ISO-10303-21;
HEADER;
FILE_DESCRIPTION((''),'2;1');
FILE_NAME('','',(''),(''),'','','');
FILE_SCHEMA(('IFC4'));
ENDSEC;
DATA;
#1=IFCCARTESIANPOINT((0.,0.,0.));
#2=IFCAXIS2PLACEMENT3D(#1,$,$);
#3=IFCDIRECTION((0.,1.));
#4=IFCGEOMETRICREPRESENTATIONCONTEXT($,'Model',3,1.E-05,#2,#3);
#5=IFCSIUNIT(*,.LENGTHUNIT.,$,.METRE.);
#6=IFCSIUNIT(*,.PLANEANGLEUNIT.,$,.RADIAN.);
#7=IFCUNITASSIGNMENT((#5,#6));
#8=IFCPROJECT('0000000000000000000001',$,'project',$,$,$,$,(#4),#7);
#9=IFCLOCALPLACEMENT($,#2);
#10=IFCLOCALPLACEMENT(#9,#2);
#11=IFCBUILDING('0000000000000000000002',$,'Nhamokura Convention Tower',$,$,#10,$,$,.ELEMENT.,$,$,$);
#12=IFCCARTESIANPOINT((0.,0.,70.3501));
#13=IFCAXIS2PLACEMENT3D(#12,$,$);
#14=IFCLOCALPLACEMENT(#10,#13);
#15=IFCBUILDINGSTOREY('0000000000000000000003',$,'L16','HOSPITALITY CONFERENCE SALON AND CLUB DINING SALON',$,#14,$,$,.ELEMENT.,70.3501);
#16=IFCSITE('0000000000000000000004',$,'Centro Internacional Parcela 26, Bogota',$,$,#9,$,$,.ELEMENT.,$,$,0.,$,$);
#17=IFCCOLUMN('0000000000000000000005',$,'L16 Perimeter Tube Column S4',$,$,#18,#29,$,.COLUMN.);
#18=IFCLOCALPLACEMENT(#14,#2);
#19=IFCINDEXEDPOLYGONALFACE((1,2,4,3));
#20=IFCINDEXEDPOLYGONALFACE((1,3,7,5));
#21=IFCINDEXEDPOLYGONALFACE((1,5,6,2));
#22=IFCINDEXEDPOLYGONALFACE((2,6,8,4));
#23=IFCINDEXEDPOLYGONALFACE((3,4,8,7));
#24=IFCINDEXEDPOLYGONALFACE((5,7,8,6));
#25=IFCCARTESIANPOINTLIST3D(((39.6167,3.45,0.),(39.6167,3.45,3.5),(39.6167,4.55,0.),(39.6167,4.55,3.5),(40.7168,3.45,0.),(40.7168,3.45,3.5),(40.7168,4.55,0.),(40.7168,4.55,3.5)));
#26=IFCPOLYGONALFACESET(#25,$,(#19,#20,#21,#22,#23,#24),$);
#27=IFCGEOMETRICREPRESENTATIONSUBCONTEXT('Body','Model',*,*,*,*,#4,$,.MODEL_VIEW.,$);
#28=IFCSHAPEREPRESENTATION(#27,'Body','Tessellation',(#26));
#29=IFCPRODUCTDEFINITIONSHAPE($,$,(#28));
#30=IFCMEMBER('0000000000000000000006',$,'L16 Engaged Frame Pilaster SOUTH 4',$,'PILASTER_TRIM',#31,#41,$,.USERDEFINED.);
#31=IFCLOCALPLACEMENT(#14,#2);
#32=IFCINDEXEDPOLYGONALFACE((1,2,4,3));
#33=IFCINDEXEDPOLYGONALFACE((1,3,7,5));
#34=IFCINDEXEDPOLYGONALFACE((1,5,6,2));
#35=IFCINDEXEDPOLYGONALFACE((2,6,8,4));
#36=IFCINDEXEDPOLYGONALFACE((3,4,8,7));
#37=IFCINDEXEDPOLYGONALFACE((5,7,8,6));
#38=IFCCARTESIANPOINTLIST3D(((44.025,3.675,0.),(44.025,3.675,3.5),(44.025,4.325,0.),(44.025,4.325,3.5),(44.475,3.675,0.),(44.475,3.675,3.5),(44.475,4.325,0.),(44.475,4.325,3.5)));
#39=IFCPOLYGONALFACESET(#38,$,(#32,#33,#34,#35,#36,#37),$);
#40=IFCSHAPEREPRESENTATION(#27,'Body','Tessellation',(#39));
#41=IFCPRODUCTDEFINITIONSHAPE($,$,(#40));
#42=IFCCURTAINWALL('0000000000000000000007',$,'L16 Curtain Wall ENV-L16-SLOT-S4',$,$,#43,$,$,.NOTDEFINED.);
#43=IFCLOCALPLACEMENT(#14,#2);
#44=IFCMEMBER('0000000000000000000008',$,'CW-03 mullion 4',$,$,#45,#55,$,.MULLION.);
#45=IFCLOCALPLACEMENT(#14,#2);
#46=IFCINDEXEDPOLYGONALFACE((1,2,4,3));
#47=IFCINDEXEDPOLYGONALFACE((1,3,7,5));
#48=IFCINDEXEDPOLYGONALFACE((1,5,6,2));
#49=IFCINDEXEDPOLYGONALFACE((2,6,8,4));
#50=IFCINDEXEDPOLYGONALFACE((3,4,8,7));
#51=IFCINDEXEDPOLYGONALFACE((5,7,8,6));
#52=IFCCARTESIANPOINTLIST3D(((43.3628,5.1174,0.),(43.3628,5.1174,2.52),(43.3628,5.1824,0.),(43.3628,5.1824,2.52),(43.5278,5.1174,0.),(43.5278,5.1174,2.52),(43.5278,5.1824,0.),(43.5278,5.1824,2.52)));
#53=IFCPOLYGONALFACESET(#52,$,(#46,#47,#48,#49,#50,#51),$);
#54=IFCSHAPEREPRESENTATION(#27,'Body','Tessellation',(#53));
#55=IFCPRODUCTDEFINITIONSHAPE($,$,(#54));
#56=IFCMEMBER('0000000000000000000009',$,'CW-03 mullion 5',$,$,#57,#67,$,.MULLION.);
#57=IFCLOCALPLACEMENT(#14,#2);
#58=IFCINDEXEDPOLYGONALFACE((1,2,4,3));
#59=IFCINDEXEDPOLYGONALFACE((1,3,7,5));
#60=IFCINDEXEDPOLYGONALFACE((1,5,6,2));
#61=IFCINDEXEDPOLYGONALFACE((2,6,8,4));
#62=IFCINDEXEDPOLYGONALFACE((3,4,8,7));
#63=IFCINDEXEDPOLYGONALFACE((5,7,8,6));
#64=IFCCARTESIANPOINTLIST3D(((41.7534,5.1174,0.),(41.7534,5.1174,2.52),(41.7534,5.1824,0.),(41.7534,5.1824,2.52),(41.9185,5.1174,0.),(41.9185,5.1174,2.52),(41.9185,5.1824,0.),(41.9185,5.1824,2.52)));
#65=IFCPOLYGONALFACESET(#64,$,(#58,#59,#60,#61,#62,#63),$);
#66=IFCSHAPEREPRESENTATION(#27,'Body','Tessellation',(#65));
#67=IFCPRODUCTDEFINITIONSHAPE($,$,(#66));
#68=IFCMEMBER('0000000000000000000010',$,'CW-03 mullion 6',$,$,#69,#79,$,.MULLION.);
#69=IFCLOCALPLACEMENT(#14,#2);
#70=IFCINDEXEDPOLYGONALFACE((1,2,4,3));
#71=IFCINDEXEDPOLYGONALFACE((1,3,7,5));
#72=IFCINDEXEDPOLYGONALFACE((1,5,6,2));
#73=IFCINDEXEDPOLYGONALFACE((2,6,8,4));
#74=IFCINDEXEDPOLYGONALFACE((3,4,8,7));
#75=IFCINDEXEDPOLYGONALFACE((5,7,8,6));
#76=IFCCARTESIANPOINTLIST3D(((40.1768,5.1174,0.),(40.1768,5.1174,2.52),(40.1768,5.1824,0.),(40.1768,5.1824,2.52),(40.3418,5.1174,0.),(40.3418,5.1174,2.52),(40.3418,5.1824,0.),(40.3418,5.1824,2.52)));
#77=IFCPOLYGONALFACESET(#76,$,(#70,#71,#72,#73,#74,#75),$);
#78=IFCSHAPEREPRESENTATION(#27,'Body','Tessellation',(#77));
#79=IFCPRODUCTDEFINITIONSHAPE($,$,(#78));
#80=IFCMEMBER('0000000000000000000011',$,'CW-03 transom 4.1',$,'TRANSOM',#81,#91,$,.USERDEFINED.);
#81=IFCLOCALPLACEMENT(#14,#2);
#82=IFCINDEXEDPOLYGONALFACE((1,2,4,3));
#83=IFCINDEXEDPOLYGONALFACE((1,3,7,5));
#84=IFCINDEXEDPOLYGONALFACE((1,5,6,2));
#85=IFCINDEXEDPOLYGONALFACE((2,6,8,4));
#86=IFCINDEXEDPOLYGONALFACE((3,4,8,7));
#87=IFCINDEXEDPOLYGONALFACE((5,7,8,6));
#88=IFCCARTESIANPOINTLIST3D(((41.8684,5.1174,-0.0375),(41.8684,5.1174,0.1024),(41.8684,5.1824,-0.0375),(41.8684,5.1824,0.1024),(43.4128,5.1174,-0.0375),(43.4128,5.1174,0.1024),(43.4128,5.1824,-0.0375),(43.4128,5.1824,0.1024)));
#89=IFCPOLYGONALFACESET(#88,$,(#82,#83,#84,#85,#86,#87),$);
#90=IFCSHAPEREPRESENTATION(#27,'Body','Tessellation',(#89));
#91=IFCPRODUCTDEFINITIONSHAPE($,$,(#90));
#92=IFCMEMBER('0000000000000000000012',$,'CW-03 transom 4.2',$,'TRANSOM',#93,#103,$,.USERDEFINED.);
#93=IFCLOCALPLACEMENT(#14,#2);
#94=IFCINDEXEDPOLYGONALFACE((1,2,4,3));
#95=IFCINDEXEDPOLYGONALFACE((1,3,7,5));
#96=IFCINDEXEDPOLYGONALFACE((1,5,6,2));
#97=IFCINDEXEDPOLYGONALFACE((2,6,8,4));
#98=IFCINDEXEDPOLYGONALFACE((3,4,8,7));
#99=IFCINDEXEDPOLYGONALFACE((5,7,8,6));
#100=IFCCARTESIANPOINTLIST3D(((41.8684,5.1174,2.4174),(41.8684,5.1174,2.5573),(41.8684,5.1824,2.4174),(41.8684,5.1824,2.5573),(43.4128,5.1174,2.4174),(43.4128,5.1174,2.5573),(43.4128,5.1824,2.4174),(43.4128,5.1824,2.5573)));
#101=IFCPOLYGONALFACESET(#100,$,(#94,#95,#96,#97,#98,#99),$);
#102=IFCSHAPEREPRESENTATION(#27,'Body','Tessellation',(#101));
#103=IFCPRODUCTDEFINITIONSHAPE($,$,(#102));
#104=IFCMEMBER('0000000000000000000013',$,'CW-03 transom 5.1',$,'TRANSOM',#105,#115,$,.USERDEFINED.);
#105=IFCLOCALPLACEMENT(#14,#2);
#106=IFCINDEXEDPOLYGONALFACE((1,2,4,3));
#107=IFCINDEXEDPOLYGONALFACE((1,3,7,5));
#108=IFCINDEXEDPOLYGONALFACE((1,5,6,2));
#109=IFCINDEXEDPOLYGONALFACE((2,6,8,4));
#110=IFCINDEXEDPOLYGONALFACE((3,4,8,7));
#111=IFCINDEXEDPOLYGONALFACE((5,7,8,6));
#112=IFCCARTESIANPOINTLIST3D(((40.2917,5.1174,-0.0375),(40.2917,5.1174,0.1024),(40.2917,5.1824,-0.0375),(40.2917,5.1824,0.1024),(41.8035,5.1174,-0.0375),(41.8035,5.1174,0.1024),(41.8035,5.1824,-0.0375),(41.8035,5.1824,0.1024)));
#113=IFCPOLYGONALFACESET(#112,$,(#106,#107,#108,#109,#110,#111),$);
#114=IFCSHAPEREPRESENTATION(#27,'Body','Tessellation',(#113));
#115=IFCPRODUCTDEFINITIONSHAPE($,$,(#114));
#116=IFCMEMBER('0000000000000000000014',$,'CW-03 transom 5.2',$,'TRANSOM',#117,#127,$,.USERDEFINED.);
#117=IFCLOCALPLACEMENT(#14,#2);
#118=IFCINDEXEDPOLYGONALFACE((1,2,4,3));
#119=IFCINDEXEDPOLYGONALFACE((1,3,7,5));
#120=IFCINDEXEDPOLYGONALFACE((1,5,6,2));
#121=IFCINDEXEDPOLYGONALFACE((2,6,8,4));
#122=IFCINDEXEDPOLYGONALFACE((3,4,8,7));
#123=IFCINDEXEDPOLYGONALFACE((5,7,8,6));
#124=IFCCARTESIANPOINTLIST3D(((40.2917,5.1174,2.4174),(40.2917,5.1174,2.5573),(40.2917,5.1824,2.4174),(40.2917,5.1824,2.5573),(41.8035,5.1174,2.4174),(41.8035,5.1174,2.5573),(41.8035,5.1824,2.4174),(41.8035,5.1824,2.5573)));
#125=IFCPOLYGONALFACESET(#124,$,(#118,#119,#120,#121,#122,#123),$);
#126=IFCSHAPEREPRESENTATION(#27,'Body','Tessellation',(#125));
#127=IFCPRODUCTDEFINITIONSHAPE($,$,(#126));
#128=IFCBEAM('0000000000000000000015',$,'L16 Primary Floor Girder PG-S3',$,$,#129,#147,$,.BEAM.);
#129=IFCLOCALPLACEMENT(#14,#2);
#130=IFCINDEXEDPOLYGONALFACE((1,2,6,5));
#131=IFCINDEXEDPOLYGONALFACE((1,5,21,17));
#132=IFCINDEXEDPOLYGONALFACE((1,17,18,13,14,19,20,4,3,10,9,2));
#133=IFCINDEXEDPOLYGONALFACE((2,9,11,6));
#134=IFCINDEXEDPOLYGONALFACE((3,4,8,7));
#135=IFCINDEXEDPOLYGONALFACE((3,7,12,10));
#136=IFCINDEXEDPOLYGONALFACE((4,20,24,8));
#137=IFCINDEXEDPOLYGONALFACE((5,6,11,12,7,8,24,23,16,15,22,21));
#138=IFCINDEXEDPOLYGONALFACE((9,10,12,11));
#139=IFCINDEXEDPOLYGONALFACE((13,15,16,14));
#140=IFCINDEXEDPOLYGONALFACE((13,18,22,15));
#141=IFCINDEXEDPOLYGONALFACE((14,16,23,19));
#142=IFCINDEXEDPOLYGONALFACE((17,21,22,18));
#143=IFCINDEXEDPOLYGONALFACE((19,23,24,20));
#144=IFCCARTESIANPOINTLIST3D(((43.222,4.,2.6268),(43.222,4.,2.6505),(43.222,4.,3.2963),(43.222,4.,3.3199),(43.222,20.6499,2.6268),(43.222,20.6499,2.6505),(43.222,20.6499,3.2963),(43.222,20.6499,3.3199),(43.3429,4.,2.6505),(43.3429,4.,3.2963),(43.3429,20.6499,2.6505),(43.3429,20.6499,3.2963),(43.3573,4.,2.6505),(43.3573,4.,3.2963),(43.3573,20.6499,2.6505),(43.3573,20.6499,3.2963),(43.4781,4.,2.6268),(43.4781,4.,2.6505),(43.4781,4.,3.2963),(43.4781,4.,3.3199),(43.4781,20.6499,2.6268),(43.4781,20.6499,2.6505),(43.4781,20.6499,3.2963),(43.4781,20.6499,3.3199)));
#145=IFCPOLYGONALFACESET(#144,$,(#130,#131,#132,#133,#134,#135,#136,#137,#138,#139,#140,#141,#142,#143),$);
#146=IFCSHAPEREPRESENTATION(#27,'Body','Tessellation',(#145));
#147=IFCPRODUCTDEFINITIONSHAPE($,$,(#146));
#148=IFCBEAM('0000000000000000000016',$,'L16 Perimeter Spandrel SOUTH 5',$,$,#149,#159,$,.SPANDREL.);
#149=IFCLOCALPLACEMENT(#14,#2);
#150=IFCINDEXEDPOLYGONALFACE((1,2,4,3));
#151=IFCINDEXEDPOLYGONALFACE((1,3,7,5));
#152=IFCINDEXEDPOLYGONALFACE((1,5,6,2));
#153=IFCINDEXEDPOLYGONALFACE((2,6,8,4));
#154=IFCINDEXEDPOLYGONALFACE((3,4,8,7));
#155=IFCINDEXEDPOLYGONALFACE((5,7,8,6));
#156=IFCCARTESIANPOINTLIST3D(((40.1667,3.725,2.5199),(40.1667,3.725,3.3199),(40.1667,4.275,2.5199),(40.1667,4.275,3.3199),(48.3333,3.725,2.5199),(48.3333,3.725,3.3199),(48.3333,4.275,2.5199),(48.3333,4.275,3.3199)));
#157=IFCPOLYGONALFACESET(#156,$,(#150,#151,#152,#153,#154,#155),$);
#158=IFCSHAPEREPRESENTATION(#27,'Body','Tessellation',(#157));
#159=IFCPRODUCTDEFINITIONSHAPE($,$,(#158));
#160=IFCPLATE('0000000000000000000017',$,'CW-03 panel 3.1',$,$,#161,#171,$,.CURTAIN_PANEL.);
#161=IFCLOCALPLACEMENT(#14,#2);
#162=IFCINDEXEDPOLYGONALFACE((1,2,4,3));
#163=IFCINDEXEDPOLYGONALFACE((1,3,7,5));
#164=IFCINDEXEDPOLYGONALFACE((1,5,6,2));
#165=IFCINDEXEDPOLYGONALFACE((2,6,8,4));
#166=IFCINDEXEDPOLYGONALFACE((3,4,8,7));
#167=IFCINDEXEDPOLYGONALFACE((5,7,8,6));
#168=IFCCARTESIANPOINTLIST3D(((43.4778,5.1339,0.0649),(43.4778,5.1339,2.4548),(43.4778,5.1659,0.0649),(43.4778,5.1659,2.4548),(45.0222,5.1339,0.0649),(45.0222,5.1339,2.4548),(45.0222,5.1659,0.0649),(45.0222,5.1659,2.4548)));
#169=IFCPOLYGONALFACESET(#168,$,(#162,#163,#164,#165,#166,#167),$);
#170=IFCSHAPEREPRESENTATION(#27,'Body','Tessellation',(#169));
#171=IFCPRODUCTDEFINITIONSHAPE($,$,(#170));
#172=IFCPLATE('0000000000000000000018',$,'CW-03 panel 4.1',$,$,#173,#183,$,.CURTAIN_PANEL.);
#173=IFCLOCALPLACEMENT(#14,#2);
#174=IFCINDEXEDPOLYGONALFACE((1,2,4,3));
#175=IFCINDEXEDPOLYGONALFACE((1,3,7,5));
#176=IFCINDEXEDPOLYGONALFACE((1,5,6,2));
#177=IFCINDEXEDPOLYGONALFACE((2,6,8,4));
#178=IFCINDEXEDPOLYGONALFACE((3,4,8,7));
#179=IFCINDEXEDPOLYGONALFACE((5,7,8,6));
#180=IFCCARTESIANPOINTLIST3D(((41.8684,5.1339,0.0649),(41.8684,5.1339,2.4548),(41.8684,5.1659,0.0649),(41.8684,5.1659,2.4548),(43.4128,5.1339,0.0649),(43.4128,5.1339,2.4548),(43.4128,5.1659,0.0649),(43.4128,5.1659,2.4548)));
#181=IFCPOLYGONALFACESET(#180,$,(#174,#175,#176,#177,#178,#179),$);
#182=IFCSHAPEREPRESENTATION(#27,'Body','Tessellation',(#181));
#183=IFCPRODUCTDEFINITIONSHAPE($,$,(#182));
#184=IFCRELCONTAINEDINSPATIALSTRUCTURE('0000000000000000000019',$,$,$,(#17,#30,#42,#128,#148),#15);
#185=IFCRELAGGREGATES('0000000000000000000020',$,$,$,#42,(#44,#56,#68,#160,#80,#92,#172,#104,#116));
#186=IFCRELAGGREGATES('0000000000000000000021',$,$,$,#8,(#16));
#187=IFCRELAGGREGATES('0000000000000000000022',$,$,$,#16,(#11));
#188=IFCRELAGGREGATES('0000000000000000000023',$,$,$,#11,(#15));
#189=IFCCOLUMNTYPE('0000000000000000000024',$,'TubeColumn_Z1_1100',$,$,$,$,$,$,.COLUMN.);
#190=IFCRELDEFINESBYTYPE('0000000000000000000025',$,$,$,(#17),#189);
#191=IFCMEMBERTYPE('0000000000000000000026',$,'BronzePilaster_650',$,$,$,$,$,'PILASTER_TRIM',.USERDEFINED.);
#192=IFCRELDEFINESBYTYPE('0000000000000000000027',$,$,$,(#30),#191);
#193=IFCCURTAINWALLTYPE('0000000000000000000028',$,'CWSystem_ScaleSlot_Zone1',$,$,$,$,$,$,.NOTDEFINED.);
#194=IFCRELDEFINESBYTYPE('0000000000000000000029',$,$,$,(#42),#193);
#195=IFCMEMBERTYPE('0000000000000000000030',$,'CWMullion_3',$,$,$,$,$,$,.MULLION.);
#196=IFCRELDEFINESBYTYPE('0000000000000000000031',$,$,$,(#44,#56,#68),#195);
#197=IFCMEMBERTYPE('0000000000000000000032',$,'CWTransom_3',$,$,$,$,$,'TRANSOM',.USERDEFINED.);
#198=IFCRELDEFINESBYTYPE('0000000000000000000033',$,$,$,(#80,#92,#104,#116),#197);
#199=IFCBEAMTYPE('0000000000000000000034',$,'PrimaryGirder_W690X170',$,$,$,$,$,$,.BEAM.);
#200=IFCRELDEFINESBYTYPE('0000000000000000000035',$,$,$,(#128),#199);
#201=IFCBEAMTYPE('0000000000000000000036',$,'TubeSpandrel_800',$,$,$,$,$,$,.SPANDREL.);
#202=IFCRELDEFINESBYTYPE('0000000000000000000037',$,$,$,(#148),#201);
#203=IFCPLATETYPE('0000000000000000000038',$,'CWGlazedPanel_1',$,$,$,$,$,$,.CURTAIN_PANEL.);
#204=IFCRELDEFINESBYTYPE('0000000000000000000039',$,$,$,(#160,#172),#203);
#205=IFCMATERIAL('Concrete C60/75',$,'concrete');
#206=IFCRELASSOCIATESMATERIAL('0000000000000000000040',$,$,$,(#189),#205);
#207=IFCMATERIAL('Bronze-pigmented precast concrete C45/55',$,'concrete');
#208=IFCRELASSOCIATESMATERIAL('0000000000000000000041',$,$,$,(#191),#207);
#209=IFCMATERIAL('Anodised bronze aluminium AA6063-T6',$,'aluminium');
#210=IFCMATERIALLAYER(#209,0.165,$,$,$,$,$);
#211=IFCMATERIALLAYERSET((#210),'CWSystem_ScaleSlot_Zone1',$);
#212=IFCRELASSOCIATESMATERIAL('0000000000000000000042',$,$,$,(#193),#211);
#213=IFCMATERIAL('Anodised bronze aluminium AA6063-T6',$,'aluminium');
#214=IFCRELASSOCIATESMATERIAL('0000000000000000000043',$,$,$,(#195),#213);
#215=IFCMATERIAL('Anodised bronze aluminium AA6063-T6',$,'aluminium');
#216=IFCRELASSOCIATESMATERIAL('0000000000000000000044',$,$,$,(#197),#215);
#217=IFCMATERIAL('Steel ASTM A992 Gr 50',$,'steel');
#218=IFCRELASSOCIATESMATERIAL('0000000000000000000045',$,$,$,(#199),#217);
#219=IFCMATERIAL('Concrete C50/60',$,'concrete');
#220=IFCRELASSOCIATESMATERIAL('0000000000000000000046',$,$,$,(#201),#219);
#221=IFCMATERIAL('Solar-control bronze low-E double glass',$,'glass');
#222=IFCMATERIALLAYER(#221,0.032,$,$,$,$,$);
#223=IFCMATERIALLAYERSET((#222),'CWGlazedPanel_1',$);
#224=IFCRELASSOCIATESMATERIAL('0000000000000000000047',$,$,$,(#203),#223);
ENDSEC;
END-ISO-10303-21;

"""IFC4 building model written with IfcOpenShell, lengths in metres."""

from ifc_helpers import new_model, si_unit, direction, frame, origin, origin_2d, place, context, subcontext, project, spatial, rectangle, i_section, extrude, material, layer, layer_set, material_profile, profile_set, type_object, element, aggregate, save


model = new_model("IFC4")

# Units and contexts
model_context = context("Model", 3, precision=1e-05, world=origin(), true_north=direction((0.0, 1.0)))
body_context = subcontext(model_context, "Body", "Model", "MODEL_VIEW")
ifc_project = project(units=[si_unit("LENGTHUNIT", "METRE"), si_unit("PLANEANGLEUNIT", "RADIAN")], contexts=[model_context])

# Site, building, storey
site_placement = place(None, origin())
site = spatial("IfcSite", under=ifc_project, at=site_placement, Name="Centro Internacional Parcela 26, Bogota", CompositionType="ELEMENT", RefElevation=0.0)
building_placement = place(site_placement, origin())
building = spatial("IfcBuilding", under=site, at=building_placement, Name="Nhamokura Convention Tower", CompositionType="ELEMENT")
storey_placement = place(building_placement, frame((0.0, 0.0, 70.3501)))
storey = spatial("IfcBuildingStorey", under=building, at=storey_placement, Name="L16", Description="HOSPITALITY CONFERENCE SALON AND CLUB DINING SALON", CompositionType="ELEMENT", Elevation=70.3501)

# Column
ifc_material_1 = material(Name="Concrete C60/75", Category="concrete")
ifc_material_profile_1 = material_profile(ifc_material_1, rectangle(XDim=1.1001, YDim=1.1001, at=origin_2d()))
ifc_profile_set_1 = profile_set([ifc_material_profile_1], Name="Concrete C60/75")
column_type = type_object("IfcColumnType", Name="TubeColumn_Z1_1100", PredefinedType="COLUMN", material=ifc_profile_set_1)
column_placement = place(storey_placement, frame((40.1667, 4.0, 0.0), z_axis=(0.0, 0.0, 1.0), x_axis=(1.0, 0.0, 0.0)))
element("IfcColumn", 1, at=column_placement, inside=storey, type_object=column_type, Name="L16 Perimeter Tube Column S4", PredefinedType="COLUMN", context=body_context, shape_type="SweptSolid", body=[
    extrude(rectangle(XDim=1.1001, YDim=1.1001, at=origin_2d()), origin(), (0.0, 0.0, 1.0), 3.5),
])

# Member
ifc_material_2 = material(Name="Bronze-pigmented precast concrete C45/55", Category="concrete")
ifc_material_profile_2 = material_profile(ifc_material_2, rectangle(XDim=0.45, YDim=0.6499, at=origin_2d()))
ifc_profile_set_2 = profile_set([ifc_material_profile_2], Name="Bronze-pigmented precast concrete C45/55")
member_type_1 = type_object("IfcMemberType", Name="BronzePilaster_650", ElementType="PILASTER_TRIM", PredefinedType="USERDEFINED", material=ifc_profile_set_2)
member_1_placement = place(storey_placement, frame((44.25, 4.0, 0.0), z_axis=(0.0, 0.0, 1.0), x_axis=(1.0, 0.0, 0.0)))
element("IfcMember", 2, at=member_1_placement, inside=storey, type_object=member_type_1, Name="L16 Engaged Frame Pilaster SOUTH 4", ObjectType="PILASTER_TRIM", PredefinedType="USERDEFINED", context=body_context, shape_type="SweptSolid", body=[
    extrude(rectangle(XDim=0.45, YDim=0.6499, at=origin_2d()), origin(), (0.0, 0.0, 1.0), 3.5),
])

# Curtain wall, members
ifc_material_3 = material(Name="Anodised bronze aluminium AA6063-T6", Category="aluminium")
ifc_layer_1 = layer(ifc_material_3, 0.165)
ifc_layer_set_1 = layer_set([ifc_layer_1], Name="CWSystem_ScaleSlot_Zone1")
curtain_wall_type = type_object("IfcCurtainWallType", Name="CWSystem_ScaleSlot_Zone1", PredefinedType="NOTDEFINED", material=ifc_layer_set_1)
curtain_wall_placement = place(storey_placement, origin())
curtain_wall = element("IfcCurtainWall", 3, at=curtain_wall_placement, inside=storey, type_object=curtain_wall_type, Name="L16 Curtain Wall ENV-L16-SLOT-S4", PredefinedType="NOTDEFINED")
ifc_material_4 = material(Name="Anodised bronze aluminium AA6063-T6", Category="aluminium")
ifc_material_profile_3 = material_profile(ifc_material_4, rectangle(XDim=0.0649, YDim=0.165, at=origin_2d()))
ifc_profile_set_3 = profile_set([ifc_material_profile_3], Name="Anodised bronze aluminium AA6063-T6")
member_type_2 = type_object("IfcMemberType", Name="CWMullion_3", PredefinedType="MULLION", material=ifc_profile_set_3)
member_2_placement = place(storey_placement, frame((43.4453, 5.1499, 0.0), z_axis=(0.0, 0.0, 1.0), x_axis=(0.0, -1.0, 0.0)))
member_2 = element("IfcMember", 4, at=member_2_placement, type_object=member_type_2, Name="CW-03 mullion 4", PredefinedType="MULLION", context=body_context, shape_type="SweptSolid", body=[
    extrude(rectangle(XDim=0.0649, YDim=0.165, at=origin_2d()), origin(), (0.0, 0.0, 1.0), 2.52),
])
member_3_placement = place(storey_placement, frame((41.8359, 5.1499, 0.0), z_axis=(0.0, 0.0, 1.0), x_axis=(0.0, -1.0, 0.0)))
member_3 = element("IfcMember", 5, at=member_3_placement, type_object=member_type_2, Name="CW-03 mullion 5", PredefinedType="MULLION", context=body_context, shape_type="SweptSolid", body=[
    extrude(rectangle(XDim=0.0649, YDim=0.165, at=origin_2d()), origin(), (0.0, 0.0, 1.0), 2.52),
])
member_4_placement = place(storey_placement, frame((40.2593, 5.1499, 0.0), z_axis=(0.0, 0.0, 1.0), x_axis=(0.0, -1.0, 0.0)))
member_4 = element("IfcMember", 6, at=member_4_placement, type_object=member_type_2, Name="CW-03 mullion 6", PredefinedType="MULLION", context=body_context, shape_type="SweptSolid", body=[
    extrude(rectangle(XDim=0.0649, YDim=0.165, at=origin_2d()), origin(), (0.0, 0.0, 1.0), 2.52),
])
ifc_material_5 = material(Name="Anodised bronze aluminium AA6063-T6", Category="aluminium")
ifc_material_profile_4 = material_profile(ifc_material_5, rectangle(XDim=0.0649, YDim=0.1399, at=origin_2d()))
ifc_profile_set_4 = profile_set([ifc_material_profile_4], Name="Anodised bronze aluminium AA6063-T6")
member_type_3 = type_object("IfcMemberType", Name="CWTransom_3", ElementType="TRANSOM", PredefinedType="USERDEFINED", material=ifc_profile_set_4)
member_5_placement = place(storey_placement, frame((43.4128, 5.1499, 0.0325), z_axis=(-1.0, 0.0, 0.0), x_axis=(0.0, -1.0, 0.0)))
member_5 = element("IfcMember", 7, at=member_5_placement, type_object=member_type_3, Name="CW-03 transom 4.1", ObjectType="TRANSOM", PredefinedType="USERDEFINED", context=body_context, shape_type="SweptSolid", body=[
    extrude(rectangle(XDim=0.0649, YDim=0.1399, at=origin_2d()), origin(), (0.0, 0.0, 1.0), 1.5444),
])
member_6_placement = place(storey_placement, frame((43.4128, 5.1499, 2.4873), z_axis=(-1.0, 0.0, 0.0), x_axis=(0.0, -1.0, 0.0)))
member_6 = element("IfcMember", 8, at=member_6_placement, type_object=member_type_3, Name="CW-03 transom 4.2", ObjectType="TRANSOM", PredefinedType="USERDEFINED", context=body_context, shape_type="SweptSolid", body=[
    extrude(rectangle(XDim=0.0649, YDim=0.1399, at=origin_2d()), origin(), (0.0, 0.0, 1.0), 1.5444),
])
member_7_placement = place(storey_placement, frame((41.8035, 5.1499, 0.0325), z_axis=(-1.0, 0.0, 0.0), x_axis=(0.0, -1.0, 0.0)))
member_7 = element("IfcMember", 9, at=member_7_placement, type_object=member_type_3, Name="CW-03 transom 5.1", ObjectType="TRANSOM", PredefinedType="USERDEFINED", context=body_context, shape_type="SweptSolid", body=[
    extrude(rectangle(XDim=0.0649, YDim=0.1399, at=origin_2d()), origin(), (0.0, 0.0, 1.0), 1.5117),
])
member_8_placement = place(storey_placement, frame((41.8035, 5.1499, 2.4873), z_axis=(-1.0, 0.0, 0.0), x_axis=(0.0, -1.0, 0.0)))
member_8 = element("IfcMember", 10, at=member_8_placement, type_object=member_type_3, Name="CW-03 transom 5.2", ObjectType="TRANSOM", PredefinedType="USERDEFINED", context=body_context, shape_type="SweptSolid", body=[
    extrude(rectangle(XDim=0.0649, YDim=0.1399, at=origin_2d()), origin(), (0.0, 0.0, 1.0), 1.5117),
])

# Beams
ifc_material_6 = material(Name="Steel ASTM A992 Gr 50", Category="steel")
ifc_material_profile_5 = material_profile(ifc_material_6, i_section(OverallWidth=0.2561, OverallDepth=0.6931, WebThickness=0.0144, FlangeThickness=0.0237, at=origin_2d()))
ifc_profile_set_5 = profile_set([ifc_material_profile_5], Name="Steel ASTM A992 Gr 50")
beam_type_1 = type_object("IfcBeamType", Name="PrimaryGirder_W690X170", PredefinedType="BEAM", material=ifc_profile_set_5)
beam_1_placement = place(storey_placement, frame((43.3501, 4.0, 2.9734), z_axis=(0.0, 1.0, 0.0), x_axis=(-1.0, 0.0, 0.0)))
element("IfcBeam", 11, at=beam_1_placement, inside=storey, type_object=beam_type_1, Name="L16 Primary Floor Girder PG-S3", PredefinedType="BEAM", context=body_context, shape_type="SweptSolid", body=[
    extrude(i_section(OverallWidth=0.2561, OverallDepth=0.6931, WebThickness=0.0144, FlangeThickness=0.0237, at=origin_2d()), origin(), (0.0, 0.0, 1.0), 16.6499),
])
ifc_material_7 = material(Name="Concrete C50/60", Category="concrete")
ifc_material_profile_6 = material_profile(ifc_material_7, rectangle(XDim=0.55, YDim=0.8, at=origin_2d()))
ifc_profile_set_6 = profile_set([ifc_material_profile_6], Name="Concrete C50/60")
beam_type_2 = type_object("IfcBeamType", Name="TubeSpandrel_800", PredefinedType="SPANDREL", material=ifc_profile_set_6)
beam_2_placement = place(storey_placement, frame((40.1667, 4.0, 2.9199), z_axis=(1.0, 0.0, 0.0), x_axis=(0.0, 1.0, 0.0)))
element("IfcBeam", 12, at=beam_2_placement, inside=storey, type_object=beam_type_2, Name="L16 Perimeter Spandrel SOUTH 5", PredefinedType="SPANDREL", context=body_context, shape_type="SweptSolid", body=[
    extrude(rectangle(XDim=0.55, YDim=0.8, at=origin_2d()), origin(), (0.0, 0.0, 1.0), 8.1665),
])

# Plates
ifc_material_8 = material(Name="Solar-control bronze low-E double glass", Category="glass")
ifc_layer_2 = layer(ifc_material_8, 0.032)
ifc_layer_set_2 = layer_set([ifc_layer_2], Name="CWGlazedPanel_1")
plate_type = type_object("IfcPlateType", Name="CWGlazedPanel_1", PredefinedType="CURTAIN_PANEL", material=ifc_layer_set_2)
plate_1_placement = place(storey_placement, frame((44.25, 5.1499, 0.0649), z_axis=(0.0, 0.0, 1.0), x_axis=(-1.0, 0.0, 0.0)))
plate_1 = element("IfcPlate", 13, at=plate_1_placement, type_object=plate_type, Name="CW-03 panel 3.1", PredefinedType="CURTAIN_PANEL", context=body_context, shape_type="SweptSolid", body=[
    extrude(rectangle(XDim=1.5444, YDim=0.032, at=origin_2d()), origin(), (0.0, 0.0, 1.0), 2.3899),
])
plate_2_placement = place(storey_placement, frame((42.6406, 5.1499, 0.0649), z_axis=(0.0, 0.0, 1.0), x_axis=(-1.0, 0.0, 0.0)))
plate_2 = element("IfcPlate", 14, at=plate_2_placement, type_object=plate_type, Name="CW-03 panel 4.1", PredefinedType="CURTAIN_PANEL", context=body_context, shape_type="SweptSolid", body=[
    extrude(rectangle(XDim=1.5444, YDim=0.032, at=origin_2d()), origin(), (0.0, 0.0, 1.0), 2.3899),
])
aggregate(curtain_wall, [member_2, member_3, member_4, plate_1, member_5, member_6, plate_2, member_7, member_8])

save(model, "model.ifc")
